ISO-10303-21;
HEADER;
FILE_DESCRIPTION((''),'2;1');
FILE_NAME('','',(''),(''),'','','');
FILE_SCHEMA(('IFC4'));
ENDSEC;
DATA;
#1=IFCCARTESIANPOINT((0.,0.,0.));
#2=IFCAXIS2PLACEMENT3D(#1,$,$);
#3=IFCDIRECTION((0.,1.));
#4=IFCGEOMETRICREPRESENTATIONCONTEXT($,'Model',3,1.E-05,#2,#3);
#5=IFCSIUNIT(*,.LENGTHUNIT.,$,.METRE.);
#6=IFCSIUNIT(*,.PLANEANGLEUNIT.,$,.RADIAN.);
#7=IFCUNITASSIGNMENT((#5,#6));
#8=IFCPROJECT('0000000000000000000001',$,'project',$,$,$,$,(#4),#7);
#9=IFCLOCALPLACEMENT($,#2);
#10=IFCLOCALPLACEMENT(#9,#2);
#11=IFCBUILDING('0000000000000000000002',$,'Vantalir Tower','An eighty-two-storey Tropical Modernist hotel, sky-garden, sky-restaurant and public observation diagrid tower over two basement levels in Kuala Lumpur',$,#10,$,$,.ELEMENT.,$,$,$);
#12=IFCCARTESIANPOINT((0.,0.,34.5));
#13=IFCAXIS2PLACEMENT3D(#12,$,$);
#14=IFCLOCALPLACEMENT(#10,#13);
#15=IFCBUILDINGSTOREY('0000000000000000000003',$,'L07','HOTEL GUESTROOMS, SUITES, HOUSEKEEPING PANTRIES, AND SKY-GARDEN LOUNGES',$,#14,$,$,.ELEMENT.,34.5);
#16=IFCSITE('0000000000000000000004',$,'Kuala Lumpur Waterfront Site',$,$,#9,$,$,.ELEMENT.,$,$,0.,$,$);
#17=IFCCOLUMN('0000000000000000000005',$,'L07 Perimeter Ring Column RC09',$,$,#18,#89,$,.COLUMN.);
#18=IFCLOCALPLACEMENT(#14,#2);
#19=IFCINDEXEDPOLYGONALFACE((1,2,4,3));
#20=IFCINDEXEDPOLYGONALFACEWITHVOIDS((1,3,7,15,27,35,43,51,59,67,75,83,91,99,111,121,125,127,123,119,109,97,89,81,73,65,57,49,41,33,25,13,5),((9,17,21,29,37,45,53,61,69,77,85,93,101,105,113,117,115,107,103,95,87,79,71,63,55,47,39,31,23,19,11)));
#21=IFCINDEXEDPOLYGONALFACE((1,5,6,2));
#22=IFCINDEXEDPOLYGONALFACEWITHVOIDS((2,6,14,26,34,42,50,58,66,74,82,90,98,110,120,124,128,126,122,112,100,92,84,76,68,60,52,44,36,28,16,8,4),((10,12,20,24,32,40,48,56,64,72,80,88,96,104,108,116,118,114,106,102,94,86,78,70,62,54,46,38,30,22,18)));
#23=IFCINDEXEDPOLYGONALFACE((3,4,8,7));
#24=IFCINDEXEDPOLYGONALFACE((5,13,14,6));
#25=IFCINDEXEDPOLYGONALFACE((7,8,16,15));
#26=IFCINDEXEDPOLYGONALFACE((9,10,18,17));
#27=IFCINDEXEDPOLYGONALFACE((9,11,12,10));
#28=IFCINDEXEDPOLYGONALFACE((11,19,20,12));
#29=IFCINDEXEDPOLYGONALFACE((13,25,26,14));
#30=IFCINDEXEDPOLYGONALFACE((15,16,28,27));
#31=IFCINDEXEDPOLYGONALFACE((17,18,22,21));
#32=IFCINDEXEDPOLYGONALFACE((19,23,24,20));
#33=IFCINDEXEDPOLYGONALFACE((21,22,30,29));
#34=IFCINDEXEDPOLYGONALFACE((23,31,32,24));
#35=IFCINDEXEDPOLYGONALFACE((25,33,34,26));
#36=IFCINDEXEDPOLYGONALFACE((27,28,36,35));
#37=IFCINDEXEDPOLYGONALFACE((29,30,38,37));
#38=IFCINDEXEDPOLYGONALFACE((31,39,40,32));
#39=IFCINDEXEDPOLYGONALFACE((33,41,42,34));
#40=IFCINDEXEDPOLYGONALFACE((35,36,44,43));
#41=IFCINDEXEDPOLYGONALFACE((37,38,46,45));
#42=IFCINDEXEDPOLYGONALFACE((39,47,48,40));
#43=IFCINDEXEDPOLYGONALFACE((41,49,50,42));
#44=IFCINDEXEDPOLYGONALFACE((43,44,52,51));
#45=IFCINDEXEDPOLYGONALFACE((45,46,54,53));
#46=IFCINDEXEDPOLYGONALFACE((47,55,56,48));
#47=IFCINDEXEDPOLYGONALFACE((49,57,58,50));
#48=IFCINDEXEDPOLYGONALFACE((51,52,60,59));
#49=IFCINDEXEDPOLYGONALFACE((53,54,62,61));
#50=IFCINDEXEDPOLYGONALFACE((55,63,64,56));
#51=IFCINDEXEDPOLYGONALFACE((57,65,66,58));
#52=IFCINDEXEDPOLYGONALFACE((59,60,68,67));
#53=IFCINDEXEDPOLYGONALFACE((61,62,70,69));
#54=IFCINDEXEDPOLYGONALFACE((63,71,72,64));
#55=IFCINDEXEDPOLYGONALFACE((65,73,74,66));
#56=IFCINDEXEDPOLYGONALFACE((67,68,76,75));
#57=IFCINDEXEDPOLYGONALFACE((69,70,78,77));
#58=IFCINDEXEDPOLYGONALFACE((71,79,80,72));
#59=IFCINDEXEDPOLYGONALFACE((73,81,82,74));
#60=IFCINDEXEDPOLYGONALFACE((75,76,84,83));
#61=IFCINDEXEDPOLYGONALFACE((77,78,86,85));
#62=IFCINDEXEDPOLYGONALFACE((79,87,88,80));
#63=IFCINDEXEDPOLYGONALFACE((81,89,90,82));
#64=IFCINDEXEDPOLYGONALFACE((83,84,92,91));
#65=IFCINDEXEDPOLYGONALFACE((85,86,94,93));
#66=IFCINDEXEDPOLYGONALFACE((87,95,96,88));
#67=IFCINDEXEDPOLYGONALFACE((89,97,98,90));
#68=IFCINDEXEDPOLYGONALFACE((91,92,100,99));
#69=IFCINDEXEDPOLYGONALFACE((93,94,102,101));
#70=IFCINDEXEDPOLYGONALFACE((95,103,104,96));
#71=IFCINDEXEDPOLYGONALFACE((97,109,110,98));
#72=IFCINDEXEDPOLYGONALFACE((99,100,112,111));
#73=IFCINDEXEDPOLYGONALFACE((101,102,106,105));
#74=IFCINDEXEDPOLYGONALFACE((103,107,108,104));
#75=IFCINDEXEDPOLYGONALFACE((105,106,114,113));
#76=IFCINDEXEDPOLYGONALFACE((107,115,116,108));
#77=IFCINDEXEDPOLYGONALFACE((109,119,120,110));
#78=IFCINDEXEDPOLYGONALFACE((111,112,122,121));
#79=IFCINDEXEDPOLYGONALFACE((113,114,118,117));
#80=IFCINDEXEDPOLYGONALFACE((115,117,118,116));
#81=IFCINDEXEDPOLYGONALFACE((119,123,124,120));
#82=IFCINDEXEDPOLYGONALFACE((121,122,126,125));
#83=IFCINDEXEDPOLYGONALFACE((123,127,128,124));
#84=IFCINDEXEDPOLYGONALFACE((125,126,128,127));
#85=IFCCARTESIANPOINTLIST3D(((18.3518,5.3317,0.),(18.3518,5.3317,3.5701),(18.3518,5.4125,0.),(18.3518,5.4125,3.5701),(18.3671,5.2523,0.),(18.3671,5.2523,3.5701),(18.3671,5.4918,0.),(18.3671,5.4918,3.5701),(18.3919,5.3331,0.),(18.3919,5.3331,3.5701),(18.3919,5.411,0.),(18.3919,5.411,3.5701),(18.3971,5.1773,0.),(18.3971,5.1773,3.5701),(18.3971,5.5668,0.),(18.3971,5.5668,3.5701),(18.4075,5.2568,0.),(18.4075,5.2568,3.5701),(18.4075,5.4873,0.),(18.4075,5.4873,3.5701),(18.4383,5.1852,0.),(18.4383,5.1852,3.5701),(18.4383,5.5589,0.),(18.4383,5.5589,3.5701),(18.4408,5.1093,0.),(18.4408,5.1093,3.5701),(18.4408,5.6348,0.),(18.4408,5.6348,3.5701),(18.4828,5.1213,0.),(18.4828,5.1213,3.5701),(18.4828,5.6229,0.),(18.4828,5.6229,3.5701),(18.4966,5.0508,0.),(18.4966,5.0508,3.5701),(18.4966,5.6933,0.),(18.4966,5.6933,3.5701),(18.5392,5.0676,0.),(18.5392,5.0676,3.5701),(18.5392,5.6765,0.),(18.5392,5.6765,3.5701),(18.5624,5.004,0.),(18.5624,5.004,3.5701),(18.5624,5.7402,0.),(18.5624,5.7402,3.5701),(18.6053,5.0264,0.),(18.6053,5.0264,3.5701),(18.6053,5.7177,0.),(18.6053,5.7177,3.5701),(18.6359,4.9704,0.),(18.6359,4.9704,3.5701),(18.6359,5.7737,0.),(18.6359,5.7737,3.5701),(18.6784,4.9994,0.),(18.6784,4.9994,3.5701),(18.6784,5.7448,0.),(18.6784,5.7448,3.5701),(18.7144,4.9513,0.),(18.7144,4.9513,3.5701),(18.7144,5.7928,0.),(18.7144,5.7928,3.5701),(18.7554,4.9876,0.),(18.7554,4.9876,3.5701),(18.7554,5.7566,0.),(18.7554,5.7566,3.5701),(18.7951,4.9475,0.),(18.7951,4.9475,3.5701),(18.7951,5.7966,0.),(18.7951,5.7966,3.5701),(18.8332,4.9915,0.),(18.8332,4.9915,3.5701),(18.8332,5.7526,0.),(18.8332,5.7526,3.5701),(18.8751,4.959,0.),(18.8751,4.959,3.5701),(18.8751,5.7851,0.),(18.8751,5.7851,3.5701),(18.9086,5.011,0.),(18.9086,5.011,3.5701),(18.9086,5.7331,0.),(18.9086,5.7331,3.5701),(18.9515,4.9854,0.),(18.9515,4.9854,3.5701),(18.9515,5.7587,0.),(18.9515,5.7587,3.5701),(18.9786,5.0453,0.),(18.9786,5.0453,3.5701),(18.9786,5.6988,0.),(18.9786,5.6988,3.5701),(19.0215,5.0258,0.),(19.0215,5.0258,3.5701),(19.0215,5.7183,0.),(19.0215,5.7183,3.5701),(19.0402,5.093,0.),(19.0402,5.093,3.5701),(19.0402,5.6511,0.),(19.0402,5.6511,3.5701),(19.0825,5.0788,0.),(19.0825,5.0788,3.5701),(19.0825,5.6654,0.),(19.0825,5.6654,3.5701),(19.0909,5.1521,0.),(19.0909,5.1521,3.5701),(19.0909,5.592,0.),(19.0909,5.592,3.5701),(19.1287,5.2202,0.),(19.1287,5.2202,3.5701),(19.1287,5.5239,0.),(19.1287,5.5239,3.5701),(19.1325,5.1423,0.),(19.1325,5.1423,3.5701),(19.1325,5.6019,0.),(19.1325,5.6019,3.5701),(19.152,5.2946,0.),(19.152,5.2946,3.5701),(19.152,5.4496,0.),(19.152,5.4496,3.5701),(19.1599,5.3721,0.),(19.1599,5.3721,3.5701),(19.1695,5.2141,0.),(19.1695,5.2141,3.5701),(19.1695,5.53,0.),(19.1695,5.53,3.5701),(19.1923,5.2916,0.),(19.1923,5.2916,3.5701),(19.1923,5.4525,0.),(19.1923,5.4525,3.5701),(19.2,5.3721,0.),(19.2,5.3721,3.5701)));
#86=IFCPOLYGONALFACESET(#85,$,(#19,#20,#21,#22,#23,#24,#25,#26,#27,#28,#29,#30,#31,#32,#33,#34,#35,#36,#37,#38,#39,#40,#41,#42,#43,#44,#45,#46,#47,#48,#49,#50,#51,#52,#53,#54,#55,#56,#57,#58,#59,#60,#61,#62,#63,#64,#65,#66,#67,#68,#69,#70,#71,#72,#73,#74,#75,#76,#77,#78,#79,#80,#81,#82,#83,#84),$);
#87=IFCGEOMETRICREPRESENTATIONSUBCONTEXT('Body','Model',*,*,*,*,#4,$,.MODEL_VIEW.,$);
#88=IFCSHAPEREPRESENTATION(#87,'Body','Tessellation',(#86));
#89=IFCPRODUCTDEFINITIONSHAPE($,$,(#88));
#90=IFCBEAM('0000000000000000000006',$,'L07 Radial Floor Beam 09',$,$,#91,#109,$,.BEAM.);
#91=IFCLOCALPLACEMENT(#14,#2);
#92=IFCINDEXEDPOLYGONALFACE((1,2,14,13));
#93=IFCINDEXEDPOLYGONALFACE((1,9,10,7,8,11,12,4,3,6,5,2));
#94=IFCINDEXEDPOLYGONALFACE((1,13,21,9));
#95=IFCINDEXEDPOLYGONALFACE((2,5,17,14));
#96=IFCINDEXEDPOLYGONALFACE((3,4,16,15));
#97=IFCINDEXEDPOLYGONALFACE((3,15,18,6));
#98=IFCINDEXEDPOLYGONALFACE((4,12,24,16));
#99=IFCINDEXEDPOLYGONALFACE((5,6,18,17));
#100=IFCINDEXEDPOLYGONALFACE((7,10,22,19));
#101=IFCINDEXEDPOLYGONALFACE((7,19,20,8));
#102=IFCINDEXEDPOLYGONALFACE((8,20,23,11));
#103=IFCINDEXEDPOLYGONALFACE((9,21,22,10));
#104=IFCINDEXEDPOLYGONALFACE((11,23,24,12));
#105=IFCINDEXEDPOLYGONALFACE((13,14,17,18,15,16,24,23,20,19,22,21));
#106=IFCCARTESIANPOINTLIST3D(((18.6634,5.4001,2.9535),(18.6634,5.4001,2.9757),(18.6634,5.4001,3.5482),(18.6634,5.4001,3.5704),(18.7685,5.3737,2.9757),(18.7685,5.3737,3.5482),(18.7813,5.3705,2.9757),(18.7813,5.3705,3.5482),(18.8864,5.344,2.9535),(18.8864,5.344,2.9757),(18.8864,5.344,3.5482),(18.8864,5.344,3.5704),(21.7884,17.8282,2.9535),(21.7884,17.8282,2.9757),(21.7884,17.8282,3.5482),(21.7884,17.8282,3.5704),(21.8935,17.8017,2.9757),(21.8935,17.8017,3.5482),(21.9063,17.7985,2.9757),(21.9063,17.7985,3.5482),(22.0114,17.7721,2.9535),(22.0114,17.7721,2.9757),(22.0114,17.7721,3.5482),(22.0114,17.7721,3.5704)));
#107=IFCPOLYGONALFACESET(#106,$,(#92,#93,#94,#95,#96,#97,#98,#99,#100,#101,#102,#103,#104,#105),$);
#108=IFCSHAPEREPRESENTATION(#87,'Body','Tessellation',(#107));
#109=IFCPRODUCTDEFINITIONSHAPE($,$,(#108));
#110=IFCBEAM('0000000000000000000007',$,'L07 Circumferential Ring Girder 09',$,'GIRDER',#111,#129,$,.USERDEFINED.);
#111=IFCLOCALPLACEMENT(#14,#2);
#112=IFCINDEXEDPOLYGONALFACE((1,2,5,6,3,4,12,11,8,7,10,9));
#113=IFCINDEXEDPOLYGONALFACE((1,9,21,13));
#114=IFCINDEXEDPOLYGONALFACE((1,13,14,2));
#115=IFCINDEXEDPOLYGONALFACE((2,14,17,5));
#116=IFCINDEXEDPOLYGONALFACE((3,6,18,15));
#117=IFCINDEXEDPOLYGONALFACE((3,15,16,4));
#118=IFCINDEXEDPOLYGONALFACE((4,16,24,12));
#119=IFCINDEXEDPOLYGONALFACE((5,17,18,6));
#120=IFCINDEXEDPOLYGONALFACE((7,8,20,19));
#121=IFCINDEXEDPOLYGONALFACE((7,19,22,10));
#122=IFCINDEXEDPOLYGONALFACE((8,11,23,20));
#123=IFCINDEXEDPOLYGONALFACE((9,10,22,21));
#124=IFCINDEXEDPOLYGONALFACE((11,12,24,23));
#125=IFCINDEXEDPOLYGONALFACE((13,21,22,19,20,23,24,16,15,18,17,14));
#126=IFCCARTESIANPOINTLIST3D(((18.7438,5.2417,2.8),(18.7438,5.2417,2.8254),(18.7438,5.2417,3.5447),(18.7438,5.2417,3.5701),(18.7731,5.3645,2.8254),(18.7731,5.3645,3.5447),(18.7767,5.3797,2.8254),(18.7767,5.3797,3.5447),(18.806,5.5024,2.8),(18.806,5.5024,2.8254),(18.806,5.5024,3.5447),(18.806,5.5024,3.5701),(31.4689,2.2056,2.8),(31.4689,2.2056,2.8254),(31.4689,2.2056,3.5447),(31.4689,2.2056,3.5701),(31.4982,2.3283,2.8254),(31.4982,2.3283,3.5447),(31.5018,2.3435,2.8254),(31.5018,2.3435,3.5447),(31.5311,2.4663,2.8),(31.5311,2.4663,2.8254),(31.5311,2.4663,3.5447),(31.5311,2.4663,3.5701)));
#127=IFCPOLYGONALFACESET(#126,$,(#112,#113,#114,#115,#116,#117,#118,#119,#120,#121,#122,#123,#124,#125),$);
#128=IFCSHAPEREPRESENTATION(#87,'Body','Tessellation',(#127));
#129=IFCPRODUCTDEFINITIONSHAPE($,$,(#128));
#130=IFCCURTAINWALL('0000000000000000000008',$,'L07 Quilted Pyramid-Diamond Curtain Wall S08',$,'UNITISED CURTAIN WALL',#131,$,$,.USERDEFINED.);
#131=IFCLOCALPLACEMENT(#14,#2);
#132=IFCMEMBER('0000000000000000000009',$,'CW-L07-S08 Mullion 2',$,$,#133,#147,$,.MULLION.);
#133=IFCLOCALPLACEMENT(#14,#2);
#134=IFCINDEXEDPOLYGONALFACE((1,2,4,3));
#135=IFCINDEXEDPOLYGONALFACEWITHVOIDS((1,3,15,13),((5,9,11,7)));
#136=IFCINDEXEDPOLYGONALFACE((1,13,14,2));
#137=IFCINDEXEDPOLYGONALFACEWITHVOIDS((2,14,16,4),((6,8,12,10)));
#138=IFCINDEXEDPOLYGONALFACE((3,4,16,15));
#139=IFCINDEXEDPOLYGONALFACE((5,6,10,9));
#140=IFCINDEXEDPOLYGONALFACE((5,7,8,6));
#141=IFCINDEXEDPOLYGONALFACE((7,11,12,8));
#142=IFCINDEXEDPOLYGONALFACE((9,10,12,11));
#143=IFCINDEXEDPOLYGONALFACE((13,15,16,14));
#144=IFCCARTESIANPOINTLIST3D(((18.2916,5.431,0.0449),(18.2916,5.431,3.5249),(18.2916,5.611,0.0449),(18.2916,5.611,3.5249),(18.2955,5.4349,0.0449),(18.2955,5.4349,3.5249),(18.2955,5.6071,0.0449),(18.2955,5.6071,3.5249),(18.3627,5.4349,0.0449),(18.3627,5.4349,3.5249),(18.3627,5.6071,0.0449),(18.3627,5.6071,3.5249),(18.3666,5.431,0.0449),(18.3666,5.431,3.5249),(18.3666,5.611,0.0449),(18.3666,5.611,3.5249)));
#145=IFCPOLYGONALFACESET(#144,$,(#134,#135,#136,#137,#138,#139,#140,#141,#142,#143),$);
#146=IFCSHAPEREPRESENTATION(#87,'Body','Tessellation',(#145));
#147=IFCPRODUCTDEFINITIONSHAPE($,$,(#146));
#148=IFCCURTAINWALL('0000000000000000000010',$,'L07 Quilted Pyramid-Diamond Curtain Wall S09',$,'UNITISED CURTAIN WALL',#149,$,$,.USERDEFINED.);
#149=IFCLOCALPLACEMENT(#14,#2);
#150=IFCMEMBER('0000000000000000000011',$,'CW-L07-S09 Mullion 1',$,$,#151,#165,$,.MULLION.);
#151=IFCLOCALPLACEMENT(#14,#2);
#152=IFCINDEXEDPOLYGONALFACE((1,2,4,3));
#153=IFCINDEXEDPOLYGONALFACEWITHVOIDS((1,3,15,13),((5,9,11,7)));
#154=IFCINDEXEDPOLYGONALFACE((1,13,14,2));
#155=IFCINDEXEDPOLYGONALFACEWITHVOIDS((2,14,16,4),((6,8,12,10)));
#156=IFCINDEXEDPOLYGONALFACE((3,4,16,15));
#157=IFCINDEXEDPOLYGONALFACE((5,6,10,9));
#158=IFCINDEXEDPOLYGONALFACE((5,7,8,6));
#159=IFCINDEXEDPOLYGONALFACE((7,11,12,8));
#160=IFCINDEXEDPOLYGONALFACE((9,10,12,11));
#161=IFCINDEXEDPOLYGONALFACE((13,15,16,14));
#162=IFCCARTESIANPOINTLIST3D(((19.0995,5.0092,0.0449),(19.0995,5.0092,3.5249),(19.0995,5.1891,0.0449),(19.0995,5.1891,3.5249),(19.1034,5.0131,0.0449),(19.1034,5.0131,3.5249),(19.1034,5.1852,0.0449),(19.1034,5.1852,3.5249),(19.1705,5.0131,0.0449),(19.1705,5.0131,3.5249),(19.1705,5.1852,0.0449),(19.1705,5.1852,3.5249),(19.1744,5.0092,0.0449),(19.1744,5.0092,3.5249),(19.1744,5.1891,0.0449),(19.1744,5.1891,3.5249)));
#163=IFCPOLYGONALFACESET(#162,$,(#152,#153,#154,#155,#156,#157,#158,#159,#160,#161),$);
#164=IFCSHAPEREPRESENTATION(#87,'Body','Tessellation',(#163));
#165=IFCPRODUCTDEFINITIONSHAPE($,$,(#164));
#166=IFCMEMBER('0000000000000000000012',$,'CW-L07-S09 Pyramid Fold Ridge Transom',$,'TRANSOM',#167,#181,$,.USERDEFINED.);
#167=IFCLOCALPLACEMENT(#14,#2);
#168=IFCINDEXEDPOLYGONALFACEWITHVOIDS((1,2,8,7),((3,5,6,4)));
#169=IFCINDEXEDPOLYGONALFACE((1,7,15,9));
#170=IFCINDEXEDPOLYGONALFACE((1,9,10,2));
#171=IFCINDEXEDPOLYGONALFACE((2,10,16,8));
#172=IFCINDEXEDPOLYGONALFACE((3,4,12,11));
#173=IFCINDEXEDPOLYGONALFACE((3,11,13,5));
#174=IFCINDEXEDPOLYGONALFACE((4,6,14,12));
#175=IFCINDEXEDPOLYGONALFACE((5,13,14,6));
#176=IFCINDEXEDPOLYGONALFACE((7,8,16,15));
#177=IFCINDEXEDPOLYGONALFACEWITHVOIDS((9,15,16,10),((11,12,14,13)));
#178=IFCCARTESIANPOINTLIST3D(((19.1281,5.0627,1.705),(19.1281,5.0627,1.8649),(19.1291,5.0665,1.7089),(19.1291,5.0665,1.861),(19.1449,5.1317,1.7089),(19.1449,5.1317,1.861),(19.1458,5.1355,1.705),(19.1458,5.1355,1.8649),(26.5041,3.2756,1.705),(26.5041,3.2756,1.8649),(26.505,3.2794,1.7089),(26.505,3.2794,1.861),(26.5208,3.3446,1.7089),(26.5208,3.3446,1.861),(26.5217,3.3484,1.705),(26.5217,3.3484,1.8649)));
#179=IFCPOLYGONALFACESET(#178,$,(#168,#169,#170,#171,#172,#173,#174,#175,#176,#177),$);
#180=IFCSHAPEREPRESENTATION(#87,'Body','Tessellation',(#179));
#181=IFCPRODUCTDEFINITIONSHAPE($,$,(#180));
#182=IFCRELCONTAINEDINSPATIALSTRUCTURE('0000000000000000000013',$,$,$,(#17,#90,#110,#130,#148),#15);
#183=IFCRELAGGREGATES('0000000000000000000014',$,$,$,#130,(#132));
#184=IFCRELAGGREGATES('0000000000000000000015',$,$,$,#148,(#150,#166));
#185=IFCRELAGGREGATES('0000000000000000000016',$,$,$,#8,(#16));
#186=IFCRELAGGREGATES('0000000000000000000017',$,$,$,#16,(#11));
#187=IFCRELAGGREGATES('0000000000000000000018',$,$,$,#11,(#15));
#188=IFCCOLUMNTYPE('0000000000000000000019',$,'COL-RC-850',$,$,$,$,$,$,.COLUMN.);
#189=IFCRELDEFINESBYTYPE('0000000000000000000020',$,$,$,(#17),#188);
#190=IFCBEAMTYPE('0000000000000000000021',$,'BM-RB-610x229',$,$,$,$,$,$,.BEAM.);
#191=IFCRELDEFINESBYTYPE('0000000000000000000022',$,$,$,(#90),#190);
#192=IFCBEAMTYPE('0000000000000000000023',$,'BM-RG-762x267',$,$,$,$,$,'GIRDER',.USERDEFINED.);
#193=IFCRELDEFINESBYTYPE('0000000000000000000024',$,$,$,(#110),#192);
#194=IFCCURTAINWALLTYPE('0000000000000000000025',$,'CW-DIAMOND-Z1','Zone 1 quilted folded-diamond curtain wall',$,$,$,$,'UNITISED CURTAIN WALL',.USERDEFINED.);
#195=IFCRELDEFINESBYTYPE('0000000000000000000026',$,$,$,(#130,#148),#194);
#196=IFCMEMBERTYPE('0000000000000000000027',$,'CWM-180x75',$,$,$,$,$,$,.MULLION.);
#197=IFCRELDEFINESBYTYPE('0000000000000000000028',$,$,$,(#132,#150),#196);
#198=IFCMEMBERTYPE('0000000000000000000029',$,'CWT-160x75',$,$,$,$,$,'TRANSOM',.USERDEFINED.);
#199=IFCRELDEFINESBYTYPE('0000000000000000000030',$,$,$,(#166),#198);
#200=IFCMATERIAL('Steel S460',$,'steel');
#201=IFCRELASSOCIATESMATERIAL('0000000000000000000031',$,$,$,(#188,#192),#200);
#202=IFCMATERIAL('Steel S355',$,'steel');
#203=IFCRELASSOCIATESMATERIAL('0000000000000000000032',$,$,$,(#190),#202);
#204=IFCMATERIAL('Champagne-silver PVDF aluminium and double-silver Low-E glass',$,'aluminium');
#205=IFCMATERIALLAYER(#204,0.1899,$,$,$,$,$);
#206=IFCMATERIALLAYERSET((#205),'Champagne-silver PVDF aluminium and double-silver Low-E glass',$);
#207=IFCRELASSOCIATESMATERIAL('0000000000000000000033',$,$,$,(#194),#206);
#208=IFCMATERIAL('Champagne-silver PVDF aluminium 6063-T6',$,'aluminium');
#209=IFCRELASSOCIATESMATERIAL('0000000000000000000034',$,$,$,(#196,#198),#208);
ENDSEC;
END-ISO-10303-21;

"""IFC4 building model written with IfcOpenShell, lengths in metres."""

from ifc_helpers import new_model, si_unit, direction, frame, origin, origin_2d, place, context, subcontext, project, spatial, hollow_rectangle, hollow_circle, i_section, extrude, material, layer, layer_set, material_profile, profile_set, type_object, element, aggregate, save


model = new_model("IFC4")

# Units and contexts
model_context = context("Model", 3, precision=1e-05, world=origin(), true_north=direction((0.0, 1.0)))
body_context = subcontext(model_context, "Body", "Model", "MODEL_VIEW")
ifc_project = project(units=[si_unit("LENGTHUNIT", "METRE"), si_unit("PLANEANGLEUNIT", "RADIAN")], contexts=[model_context])

# Site, building, storey
site_placement = place(None, origin())
site = spatial("IfcSite", under=ifc_project, at=site_placement, Name="Kuala Lumpur Waterfront Site", CompositionType="ELEMENT", RefElevation=0.0)
building_placement = place(site_placement, origin())
building = spatial("IfcBuilding", under=site, at=building_placement, Name="Vantalir Tower", Description="An eighty-two-storey Tropical Modernist hotel, sky-garden, sky-restaurant and public observation diagrid tower over two basement levels in Kuala Lumpur", CompositionType="ELEMENT")
storey_placement = place(building_placement, frame((0.0, 0.0, 34.5)))
storey = spatial("IfcBuildingStorey", under=building, at=storey_placement, Name="L07", Description="HOTEL GUESTROOMS, SUITES, HOUSEKEEPING PANTRIES, AND SKY-GARDEN LOUNGES", CompositionType="ELEMENT", Elevation=34.5)

# Column
ifc_material_1 = material(Name="Steel S460", Category="steel")
ifc_material_profile_1 = material_profile(ifc_material_1, hollow_circle(Radius=0.425, WallThickness=0.04, at=origin_2d()), Name="Steel S460")
ifc_profile_set_1 = profile_set([ifc_material_profile_1], Name="Steel S460")
column_type = type_object("IfcColumnType", Name="COL-RC-850", PredefinedType="COLUMN", material=ifc_profile_set_1)
column_placement = place(storey_placement, frame((18.7749, 5.3721, 0.0), z_axis=(0.0, 0.0, 1.0), x_axis=(1.0, 0.0, 0.0)))
element("IfcColumn", 1, at=column_placement, inside=storey, type_object=column_type, Name="L07 Perimeter Ring Column RC09", PredefinedType="COLUMN", context=body_context, shape_type="SweptSolid", body=[
    extrude(hollow_circle(Radius=0.425, WallThickness=0.04, at=origin_2d()), origin(), (0.0, 0.0, 1.0), 3.5701),
])

# Beams
ifc_material_2 = material(Name="Steel S355", Category="steel")
ifc_material_profile_2 = material_profile(ifc_material_2, i_section(OverallWidth=0.23, OverallDepth=0.6169, WebThickness=0.0132, FlangeThickness=0.0222, at=origin_2d()), Name="Steel S355")
ifc_profile_set_2 = profile_set([ifc_material_profile_2], Name="Steel S355")
beam_type_1 = type_object("IfcBeamType", Name="BM-RB-610x229", PredefinedType="BEAM", material=ifc_profile_set_2)
beam_1_placement = place(storey_placement, frame((18.7749, 5.3721, 3.262), z_axis=(0.243858, 0.969811, 0.0), x_axis=(-0.969811, 0.243858, 0.0)))
element("IfcBeam", 2, at=beam_1_placement, inside=storey, type_object=beam_type_1, Name="L07 Radial Floor Beam 09", PredefinedType="BEAM", context=body_context, shape_type="SweptSolid", body=[
    extrude(i_section(OverallWidth=0.23, OverallDepth=0.6169, WebThickness=0.0132, FlangeThickness=0.0222, at=origin_2d()), origin(), (0.0, 0.0, 1.0), 12.8149),
])
ifc_material_profile_3 = material_profile(ifc_material_1, i_section(OverallWidth=0.2681, OverallDepth=0.77, WebThickness=0.0156, FlangeThickness=0.0254, at=origin_2d()), Name="Steel S460")
ifc_profile_set_3 = profile_set([ifc_material_profile_3], Name="Steel S460")
beam_type_2 = type_object("IfcBeamType", Name="BM-RG-762x267", ElementType="GIRDER", PredefinedType="USERDEFINED", material=ifc_profile_set_3)
beam_2_placement = place(storey_placement, frame((18.7749, 5.3721, 3.1851), z_axis=(0.972697, -0.23208, 0.0), x_axis=(0.23208, 0.972697, 0.0)))
element("IfcBeam", 3, at=beam_2_placement, inside=storey, type_object=beam_type_2, Name="L07 Circumferential Ring Girder 09", ObjectType="GIRDER", PredefinedType="USERDEFINED", context=body_context, shape_type="SweptSolid", body=[
    extrude(i_section(OverallWidth=0.2681, OverallDepth=0.77, WebThickness=0.0156, FlangeThickness=0.0254, at=origin_2d()), origin(), (0.0, 0.0, 1.0), 13.0823),
])

# Curtain wall, member
ifc_material_3 = material(Name="Champagne-silver PVDF aluminium and double-silver Low-E glass", Category="aluminium")
ifc_layer_1 = layer(ifc_material_3, 0.1899)
ifc_layer_set_1 = layer_set([ifc_layer_1], Name="Champagne-silver PVDF aluminium and double-silver Low-E glass")
curtain_wall_type = type_object("IfcCurtainWallType", Name="CW-DIAMOND-Z1", Description="Zone 1 quilted folded-diamond curtain wall", ElementType="UNITISED CURTAIN WALL", PredefinedType="USERDEFINED", material=ifc_layer_set_1)
curtain_wall_1_placement = place(storey_placement, origin())
curtain_wall_1 = element("IfcCurtainWall", 4, at=curtain_wall_1_placement, inside=storey, type_object=curtain_wall_type, Name="L07 Quilted Pyramid-Diamond Curtain Wall S08", ObjectType="UNITISED CURTAIN WALL", PredefinedType="USERDEFINED")
ifc_material_4 = material(Name="Champagne-silver PVDF aluminium 6063-T6", Category="aluminium")
ifc_material_profile_4 = material_profile(ifc_material_4, hollow_rectangle(XDim=0.075, YDim=0.1799, WallThickness=0.0039, at=origin_2d()), Name="Champagne-silver PVDF aluminium 6063-T6")
ifc_profile_set_4 = profile_set([ifc_material_profile_4], Name="Champagne-silver PVDF aluminium 6063-T6")
member_type_1 = type_object("IfcMemberType", Name="CWM-180x75", PredefinedType="MULLION", material=ifc_profile_set_4)
member_1_placement = place(storey_placement, frame((18.3291, 5.521, 0.0449), z_axis=(0.0, 0.0, 1.0), x_axis=(1.0, 0.0, 0.0)))
member_1 = element("IfcMember", 5, at=member_1_placement, type_object=member_type_1, Name="CW-L07-S08 Mullion 2", PredefinedType="MULLION", context=body_context, shape_type="SweptSolid", body=[
    extrude(hollow_rectangle(XDim=0.075, YDim=0.1799, WallThickness=0.0039, at=origin_2d()), origin(), (0.0, 0.0, 1.0), 3.48),
])
aggregate(curtain_wall_1, [member_1])

# Curtain wall, members
curtain_wall_2_placement = place(storey_placement, origin())
curtain_wall_2 = element("IfcCurtainWall", 6, at=curtain_wall_2_placement, inside=storey, type_object=curtain_wall_type, Name="L07 Quilted Pyramid-Diamond Curtain Wall S09", ObjectType="UNITISED CURTAIN WALL", PredefinedType="USERDEFINED")
member_2_placement = place(storey_placement, frame((19.137, 5.0991, 0.0449), z_axis=(0.0, 0.0, 1.0), x_axis=(1.0, 0.0, 0.0)))
member_2 = element("IfcMember", 7, at=member_2_placement, type_object=member_type_1, Name="CW-L07-S09 Mullion 1", PredefinedType="MULLION", context=body_context, shape_type="SweptSolid", body=[
    extrude(hollow_rectangle(XDim=0.075, YDim=0.1799, WallThickness=0.0039, at=origin_2d()), origin(), (0.0, 0.0, 1.0), 3.48),
])
ifc_material_profile_5 = material_profile(ifc_material_4, hollow_rectangle(XDim=0.075, YDim=0.1599, WallThickness=0.0039, at=origin_2d()), Name="Champagne-silver PVDF aluminium 6063-T6")
ifc_profile_set_5 = profile_set([ifc_material_profile_5], Name="Champagne-silver PVDF aluminium 6063-T6")
member_type_2 = type_object("IfcMemberType", Name="CWT-160x75", ElementType="TRANSOM", PredefinedType="USERDEFINED", material=ifc_profile_set_5)
member_3_placement = place(storey_placement, frame((19.137, 5.0991, 1.7849), z_axis=(0.97188, -0.235475, 0.0), x_axis=(0.235475, 0.97188, 0.0)))
member_3 = element("IfcMember", 8, at=member_3_placement, type_object=member_type_2, Name="CW-L07-S09 Pyramid Fold Ridge Transom", ObjectType="TRANSOM", PredefinedType="USERDEFINED", context=body_context, shape_type="SweptSolid", body=[
    extrude(hollow_rectangle(XDim=0.075, YDim=0.1599, WallThickness=0.0039, at=origin_2d()), origin(), (0.0, 0.0, 1.0), 7.5894),
])
aggregate(curtain_wall_2, [member_2, member_3])

save(model, "model.ifc")
